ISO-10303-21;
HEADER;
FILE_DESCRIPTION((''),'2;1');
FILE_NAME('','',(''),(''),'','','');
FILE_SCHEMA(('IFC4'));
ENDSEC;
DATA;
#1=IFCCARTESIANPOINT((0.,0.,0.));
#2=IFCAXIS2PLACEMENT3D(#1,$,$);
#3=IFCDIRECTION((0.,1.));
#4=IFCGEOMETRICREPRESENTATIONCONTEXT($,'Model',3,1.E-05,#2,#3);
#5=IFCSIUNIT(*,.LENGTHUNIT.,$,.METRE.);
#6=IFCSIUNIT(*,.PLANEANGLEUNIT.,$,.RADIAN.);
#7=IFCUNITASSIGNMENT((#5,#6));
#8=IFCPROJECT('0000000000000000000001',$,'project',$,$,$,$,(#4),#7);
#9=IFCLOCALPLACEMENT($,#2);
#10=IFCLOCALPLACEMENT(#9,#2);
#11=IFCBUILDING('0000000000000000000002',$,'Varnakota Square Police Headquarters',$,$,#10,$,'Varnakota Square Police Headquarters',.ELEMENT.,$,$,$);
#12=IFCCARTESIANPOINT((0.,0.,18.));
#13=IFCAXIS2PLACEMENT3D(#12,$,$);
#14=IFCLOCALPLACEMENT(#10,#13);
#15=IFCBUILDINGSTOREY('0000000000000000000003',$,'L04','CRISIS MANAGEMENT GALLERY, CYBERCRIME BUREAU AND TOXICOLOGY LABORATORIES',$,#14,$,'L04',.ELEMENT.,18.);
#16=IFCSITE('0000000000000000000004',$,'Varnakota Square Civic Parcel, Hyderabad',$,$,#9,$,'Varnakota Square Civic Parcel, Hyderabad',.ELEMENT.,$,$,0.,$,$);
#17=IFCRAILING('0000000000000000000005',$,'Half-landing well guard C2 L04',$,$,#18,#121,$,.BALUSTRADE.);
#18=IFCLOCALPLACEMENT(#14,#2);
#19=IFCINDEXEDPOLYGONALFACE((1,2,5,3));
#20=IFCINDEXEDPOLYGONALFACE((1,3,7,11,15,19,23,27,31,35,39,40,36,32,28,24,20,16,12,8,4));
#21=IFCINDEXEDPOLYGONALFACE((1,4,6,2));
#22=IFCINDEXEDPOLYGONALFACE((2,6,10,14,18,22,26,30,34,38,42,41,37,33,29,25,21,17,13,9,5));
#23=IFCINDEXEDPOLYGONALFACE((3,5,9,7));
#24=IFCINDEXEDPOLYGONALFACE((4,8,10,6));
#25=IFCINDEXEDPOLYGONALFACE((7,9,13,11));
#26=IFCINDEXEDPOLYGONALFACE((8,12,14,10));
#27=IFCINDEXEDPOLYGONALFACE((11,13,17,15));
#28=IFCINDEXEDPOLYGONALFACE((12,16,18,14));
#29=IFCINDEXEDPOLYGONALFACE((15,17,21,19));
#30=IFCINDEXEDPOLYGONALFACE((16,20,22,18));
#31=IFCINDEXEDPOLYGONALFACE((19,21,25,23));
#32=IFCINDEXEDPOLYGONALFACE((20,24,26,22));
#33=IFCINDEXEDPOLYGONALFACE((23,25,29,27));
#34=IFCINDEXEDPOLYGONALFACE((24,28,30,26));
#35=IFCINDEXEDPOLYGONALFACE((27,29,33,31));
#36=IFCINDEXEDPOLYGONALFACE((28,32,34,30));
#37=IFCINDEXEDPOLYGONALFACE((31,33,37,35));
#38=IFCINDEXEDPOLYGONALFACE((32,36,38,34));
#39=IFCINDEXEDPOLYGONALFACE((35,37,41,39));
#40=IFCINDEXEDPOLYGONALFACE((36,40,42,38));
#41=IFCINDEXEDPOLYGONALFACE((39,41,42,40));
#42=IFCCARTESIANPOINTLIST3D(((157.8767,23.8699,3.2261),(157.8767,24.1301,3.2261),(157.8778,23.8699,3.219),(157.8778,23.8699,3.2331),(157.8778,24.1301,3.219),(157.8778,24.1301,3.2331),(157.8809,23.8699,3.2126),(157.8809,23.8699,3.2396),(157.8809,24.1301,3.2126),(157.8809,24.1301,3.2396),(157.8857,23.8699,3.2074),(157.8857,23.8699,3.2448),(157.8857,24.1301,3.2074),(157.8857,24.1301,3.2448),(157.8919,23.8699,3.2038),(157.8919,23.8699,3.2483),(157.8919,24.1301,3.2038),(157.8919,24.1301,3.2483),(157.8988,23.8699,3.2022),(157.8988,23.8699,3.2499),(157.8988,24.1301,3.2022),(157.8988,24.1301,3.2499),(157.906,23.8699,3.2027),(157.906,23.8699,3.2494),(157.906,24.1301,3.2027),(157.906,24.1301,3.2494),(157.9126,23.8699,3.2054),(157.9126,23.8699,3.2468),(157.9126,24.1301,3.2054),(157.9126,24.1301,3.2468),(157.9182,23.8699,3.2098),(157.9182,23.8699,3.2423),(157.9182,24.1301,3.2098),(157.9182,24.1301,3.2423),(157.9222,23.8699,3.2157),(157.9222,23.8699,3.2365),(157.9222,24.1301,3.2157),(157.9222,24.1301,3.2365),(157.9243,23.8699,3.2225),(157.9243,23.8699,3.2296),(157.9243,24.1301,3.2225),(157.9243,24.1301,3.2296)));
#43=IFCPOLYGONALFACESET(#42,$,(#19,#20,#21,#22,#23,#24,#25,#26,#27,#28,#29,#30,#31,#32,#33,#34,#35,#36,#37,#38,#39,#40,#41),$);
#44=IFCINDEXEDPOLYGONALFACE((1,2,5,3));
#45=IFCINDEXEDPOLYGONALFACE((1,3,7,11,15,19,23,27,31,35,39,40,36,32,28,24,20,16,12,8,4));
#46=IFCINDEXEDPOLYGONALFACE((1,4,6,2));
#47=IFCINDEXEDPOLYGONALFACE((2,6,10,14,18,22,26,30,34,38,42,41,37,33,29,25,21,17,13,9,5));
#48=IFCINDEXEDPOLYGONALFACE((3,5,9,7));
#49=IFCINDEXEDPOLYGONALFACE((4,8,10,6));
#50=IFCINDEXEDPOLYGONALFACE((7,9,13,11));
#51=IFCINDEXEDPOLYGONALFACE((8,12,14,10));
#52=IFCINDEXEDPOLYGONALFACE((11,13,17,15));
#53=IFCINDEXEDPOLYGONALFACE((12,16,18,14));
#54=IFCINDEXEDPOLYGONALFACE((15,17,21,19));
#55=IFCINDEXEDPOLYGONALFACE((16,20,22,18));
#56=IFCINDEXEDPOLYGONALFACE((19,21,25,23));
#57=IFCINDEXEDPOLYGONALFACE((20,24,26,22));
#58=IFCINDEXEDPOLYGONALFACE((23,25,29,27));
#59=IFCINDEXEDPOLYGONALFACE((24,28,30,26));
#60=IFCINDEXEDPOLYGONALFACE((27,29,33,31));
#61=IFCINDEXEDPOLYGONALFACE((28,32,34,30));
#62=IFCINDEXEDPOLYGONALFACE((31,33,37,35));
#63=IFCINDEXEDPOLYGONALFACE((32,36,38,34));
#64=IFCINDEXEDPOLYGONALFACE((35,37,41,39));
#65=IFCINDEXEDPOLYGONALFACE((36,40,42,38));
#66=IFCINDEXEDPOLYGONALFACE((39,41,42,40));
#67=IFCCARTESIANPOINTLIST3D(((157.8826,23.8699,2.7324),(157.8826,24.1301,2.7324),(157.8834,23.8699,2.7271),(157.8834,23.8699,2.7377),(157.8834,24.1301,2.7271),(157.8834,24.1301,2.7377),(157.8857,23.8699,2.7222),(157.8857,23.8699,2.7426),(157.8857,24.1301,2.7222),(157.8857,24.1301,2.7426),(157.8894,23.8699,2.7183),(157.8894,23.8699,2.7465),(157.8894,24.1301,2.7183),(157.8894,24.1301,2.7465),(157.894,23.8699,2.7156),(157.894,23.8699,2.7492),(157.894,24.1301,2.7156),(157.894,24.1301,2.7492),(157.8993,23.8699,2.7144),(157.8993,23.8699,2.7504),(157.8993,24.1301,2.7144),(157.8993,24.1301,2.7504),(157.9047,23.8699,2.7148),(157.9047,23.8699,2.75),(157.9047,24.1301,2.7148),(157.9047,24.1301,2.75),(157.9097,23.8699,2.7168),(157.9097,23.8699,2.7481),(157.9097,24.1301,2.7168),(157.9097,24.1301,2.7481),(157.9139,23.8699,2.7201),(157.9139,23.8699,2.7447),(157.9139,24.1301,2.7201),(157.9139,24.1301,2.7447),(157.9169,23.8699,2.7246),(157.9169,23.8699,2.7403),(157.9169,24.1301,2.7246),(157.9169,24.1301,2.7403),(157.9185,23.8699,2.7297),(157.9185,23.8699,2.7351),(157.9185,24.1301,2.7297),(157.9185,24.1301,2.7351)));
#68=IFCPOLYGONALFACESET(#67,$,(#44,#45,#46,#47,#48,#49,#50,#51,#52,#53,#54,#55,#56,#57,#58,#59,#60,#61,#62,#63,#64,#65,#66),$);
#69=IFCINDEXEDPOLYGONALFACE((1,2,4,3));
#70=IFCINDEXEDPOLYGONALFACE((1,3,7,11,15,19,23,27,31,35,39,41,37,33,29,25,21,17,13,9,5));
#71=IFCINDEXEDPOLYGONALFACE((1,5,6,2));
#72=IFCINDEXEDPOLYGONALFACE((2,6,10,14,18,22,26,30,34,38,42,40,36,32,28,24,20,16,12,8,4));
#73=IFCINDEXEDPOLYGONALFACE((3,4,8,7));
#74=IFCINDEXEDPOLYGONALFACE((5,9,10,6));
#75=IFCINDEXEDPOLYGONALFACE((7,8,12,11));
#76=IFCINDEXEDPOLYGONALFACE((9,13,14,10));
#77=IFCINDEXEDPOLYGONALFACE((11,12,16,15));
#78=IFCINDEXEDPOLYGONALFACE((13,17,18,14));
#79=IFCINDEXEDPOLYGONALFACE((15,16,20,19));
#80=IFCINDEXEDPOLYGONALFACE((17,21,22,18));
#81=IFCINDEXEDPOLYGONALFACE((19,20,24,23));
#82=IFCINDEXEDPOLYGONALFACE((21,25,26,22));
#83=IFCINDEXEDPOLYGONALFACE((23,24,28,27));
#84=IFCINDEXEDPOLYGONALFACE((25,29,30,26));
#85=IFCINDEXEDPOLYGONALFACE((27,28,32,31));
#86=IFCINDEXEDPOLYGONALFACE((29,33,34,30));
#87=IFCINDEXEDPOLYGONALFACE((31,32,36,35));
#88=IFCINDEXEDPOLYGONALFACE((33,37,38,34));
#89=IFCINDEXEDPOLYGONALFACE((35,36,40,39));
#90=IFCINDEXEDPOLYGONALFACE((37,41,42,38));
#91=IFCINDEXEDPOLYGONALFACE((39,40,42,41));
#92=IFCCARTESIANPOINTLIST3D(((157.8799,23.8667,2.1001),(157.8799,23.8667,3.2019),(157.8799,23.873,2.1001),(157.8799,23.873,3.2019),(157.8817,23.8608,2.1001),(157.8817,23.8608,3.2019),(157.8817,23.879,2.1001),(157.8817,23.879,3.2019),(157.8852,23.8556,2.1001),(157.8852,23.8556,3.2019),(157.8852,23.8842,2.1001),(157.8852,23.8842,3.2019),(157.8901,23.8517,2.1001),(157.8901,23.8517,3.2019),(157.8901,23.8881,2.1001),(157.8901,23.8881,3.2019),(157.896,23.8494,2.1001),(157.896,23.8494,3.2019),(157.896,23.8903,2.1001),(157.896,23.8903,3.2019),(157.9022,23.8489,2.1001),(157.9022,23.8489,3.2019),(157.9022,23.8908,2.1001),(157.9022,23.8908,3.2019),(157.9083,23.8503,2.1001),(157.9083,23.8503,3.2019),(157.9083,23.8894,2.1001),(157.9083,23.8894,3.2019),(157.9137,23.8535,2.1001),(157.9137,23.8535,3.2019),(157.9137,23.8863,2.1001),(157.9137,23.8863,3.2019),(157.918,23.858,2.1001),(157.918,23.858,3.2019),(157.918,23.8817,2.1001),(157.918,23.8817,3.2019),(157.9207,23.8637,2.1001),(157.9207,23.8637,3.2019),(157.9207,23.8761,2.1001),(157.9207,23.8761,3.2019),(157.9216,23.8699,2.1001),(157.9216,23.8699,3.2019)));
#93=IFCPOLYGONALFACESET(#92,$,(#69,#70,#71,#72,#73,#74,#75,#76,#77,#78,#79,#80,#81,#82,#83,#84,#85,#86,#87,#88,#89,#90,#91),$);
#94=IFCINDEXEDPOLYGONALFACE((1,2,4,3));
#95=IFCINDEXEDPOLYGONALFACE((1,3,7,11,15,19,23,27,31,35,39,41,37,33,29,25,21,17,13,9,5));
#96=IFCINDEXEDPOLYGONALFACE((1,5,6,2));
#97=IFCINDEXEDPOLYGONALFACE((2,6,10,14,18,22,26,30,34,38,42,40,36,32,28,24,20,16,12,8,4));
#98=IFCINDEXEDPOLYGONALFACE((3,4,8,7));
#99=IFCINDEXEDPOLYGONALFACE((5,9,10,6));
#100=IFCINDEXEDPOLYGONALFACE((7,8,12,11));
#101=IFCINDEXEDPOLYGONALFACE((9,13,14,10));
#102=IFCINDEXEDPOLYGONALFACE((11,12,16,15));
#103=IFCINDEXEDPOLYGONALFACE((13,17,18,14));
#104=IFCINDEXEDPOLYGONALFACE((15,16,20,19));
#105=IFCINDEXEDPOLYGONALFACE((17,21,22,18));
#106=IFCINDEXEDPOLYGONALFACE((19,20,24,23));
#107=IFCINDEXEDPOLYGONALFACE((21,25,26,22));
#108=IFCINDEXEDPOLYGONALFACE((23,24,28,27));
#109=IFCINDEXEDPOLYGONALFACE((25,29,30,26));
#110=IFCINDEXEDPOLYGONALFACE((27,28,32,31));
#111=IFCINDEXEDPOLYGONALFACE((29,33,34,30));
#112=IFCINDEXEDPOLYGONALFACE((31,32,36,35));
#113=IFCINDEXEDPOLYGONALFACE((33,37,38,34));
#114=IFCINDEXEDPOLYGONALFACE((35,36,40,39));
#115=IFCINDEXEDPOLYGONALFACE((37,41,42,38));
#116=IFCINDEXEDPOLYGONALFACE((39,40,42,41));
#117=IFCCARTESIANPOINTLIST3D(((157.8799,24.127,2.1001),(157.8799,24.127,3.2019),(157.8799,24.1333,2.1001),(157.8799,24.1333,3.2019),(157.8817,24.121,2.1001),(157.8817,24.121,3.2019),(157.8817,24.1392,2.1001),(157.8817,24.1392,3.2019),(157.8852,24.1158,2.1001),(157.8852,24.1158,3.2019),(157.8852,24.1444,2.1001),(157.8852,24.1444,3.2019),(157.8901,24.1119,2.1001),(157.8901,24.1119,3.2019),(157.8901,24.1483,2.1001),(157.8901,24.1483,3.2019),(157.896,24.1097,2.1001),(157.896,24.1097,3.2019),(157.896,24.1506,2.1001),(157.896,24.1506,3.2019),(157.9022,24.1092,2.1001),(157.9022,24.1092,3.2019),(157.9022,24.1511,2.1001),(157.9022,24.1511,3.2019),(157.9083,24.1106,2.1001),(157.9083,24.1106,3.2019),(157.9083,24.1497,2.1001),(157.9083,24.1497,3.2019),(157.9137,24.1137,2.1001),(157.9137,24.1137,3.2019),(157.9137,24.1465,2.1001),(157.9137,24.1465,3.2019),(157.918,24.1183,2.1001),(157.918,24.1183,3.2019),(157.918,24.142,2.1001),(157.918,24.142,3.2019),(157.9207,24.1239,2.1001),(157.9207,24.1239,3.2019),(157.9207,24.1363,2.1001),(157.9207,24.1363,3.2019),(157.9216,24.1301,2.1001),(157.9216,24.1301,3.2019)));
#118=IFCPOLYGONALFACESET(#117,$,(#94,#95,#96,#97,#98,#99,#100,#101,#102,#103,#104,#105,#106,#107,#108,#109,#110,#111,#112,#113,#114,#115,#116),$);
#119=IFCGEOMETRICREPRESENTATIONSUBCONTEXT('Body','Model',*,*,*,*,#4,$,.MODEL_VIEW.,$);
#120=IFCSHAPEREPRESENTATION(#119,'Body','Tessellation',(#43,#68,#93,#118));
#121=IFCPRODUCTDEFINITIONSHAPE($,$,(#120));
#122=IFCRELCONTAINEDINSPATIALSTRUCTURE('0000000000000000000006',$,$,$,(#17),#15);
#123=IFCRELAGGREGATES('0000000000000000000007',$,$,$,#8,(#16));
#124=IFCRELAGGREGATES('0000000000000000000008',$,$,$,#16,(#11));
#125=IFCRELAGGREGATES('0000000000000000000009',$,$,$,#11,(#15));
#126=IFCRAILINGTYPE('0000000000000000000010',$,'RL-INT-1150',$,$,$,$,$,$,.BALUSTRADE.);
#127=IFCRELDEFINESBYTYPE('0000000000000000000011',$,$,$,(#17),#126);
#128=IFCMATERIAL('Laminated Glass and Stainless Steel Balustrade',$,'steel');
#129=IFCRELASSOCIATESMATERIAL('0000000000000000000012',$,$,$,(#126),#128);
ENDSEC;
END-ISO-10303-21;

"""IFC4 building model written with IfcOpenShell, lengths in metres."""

from ifc_helpers import new_model, si_unit, direction, frame, origin, origin_2d, place, context, subcontext, project, spatial, circle, extrude, material, type_object, element, save


model = new_model("IFC4")

# Units and contexts
model_context = context("Model", 3, precision=1e-05, world=origin(), true_north=direction((0.0, 1.0)))
body_context = subcontext(model_context, "Body", "Model", "MODEL_VIEW")
ifc_project = project(units=[si_unit("LENGTHUNIT", "METRE"), si_unit("PLANEANGLEUNIT", "RADIAN")], contexts=[model_context])

# Site, building, storey
site_placement = place(None, origin())
site = spatial("IfcSite", under=ifc_project, at=site_placement, Name="Varnakota Square Civic Parcel, Hyderabad", LongName="Varnakota Square Civic Parcel, Hyderabad", CompositionType="ELEMENT", RefElevation=0.0)
building_placement = place(site_placement, origin())
building = spatial("IfcBuilding", under=site, at=building_placement, Name="Varnakota Square Police Headquarters", LongName="Varnakota Square Police Headquarters", CompositionType="ELEMENT")
storey_placement = place(building_placement, frame((0.0, 0.0, 18.0)))
storey = spatial("IfcBuildingStorey", under=building, at=storey_placement, Name="L04", Description="CRISIS MANAGEMENT GALLERY, CYBERCRIME BUREAU AND TOXICOLOGY LABORATORIES", LongName="L04", CompositionType="ELEMENT", Elevation=18.0)

# Railing
ifc_material_1 = material(Name="Laminated Glass and Stainless Steel Balustrade", Category="steel")
railing_type_1 = type_object("IfcRailingType", Name="RL-INT-1150", PredefinedType="BALUSTRADE", material=ifc_material_1)
railing_1_placement = place(storey_placement, frame((157.9006, 23.8699, 2.1001)))
element("IfcRailing", 1, at=railing_1_placement, inside=storey, type_object=railing_type_1, Name="Half-landing well guard C2 L04", PredefinedType="BALUSTRADE", context=body_context, shape_type="SweptSolid", body=[
    extrude(circle(Radius=0.0239, at=origin_2d()), frame((0.0, 0.0, 1.126), z_axis=(0.0, 1.0, 0.0), x_axis=(-1.0, 0.0, 0.0)), (0.0, 0.0, 1.0), 0.2603),
    extrude(circle(Radius=0.0181, at=origin_2d()), frame((0.0, 0.0, 0.6323), z_axis=(0.0, 1.0, 0.0), x_axis=(-1.0, 0.0, 0.0)), (0.0, 0.0, 1.0), 0.2603),
    extrude(circle(Radius=0.021, at=origin_2d()), origin(), (0.0, 0.0, 1.0), 1.1018),
    extrude(circle(Radius=0.021, at=origin_2d()), frame((0.0, 0.2603, 0.0)), (0.0, 0.0, 1.0), 1.1018),
])

save(model, "model.ifc")
